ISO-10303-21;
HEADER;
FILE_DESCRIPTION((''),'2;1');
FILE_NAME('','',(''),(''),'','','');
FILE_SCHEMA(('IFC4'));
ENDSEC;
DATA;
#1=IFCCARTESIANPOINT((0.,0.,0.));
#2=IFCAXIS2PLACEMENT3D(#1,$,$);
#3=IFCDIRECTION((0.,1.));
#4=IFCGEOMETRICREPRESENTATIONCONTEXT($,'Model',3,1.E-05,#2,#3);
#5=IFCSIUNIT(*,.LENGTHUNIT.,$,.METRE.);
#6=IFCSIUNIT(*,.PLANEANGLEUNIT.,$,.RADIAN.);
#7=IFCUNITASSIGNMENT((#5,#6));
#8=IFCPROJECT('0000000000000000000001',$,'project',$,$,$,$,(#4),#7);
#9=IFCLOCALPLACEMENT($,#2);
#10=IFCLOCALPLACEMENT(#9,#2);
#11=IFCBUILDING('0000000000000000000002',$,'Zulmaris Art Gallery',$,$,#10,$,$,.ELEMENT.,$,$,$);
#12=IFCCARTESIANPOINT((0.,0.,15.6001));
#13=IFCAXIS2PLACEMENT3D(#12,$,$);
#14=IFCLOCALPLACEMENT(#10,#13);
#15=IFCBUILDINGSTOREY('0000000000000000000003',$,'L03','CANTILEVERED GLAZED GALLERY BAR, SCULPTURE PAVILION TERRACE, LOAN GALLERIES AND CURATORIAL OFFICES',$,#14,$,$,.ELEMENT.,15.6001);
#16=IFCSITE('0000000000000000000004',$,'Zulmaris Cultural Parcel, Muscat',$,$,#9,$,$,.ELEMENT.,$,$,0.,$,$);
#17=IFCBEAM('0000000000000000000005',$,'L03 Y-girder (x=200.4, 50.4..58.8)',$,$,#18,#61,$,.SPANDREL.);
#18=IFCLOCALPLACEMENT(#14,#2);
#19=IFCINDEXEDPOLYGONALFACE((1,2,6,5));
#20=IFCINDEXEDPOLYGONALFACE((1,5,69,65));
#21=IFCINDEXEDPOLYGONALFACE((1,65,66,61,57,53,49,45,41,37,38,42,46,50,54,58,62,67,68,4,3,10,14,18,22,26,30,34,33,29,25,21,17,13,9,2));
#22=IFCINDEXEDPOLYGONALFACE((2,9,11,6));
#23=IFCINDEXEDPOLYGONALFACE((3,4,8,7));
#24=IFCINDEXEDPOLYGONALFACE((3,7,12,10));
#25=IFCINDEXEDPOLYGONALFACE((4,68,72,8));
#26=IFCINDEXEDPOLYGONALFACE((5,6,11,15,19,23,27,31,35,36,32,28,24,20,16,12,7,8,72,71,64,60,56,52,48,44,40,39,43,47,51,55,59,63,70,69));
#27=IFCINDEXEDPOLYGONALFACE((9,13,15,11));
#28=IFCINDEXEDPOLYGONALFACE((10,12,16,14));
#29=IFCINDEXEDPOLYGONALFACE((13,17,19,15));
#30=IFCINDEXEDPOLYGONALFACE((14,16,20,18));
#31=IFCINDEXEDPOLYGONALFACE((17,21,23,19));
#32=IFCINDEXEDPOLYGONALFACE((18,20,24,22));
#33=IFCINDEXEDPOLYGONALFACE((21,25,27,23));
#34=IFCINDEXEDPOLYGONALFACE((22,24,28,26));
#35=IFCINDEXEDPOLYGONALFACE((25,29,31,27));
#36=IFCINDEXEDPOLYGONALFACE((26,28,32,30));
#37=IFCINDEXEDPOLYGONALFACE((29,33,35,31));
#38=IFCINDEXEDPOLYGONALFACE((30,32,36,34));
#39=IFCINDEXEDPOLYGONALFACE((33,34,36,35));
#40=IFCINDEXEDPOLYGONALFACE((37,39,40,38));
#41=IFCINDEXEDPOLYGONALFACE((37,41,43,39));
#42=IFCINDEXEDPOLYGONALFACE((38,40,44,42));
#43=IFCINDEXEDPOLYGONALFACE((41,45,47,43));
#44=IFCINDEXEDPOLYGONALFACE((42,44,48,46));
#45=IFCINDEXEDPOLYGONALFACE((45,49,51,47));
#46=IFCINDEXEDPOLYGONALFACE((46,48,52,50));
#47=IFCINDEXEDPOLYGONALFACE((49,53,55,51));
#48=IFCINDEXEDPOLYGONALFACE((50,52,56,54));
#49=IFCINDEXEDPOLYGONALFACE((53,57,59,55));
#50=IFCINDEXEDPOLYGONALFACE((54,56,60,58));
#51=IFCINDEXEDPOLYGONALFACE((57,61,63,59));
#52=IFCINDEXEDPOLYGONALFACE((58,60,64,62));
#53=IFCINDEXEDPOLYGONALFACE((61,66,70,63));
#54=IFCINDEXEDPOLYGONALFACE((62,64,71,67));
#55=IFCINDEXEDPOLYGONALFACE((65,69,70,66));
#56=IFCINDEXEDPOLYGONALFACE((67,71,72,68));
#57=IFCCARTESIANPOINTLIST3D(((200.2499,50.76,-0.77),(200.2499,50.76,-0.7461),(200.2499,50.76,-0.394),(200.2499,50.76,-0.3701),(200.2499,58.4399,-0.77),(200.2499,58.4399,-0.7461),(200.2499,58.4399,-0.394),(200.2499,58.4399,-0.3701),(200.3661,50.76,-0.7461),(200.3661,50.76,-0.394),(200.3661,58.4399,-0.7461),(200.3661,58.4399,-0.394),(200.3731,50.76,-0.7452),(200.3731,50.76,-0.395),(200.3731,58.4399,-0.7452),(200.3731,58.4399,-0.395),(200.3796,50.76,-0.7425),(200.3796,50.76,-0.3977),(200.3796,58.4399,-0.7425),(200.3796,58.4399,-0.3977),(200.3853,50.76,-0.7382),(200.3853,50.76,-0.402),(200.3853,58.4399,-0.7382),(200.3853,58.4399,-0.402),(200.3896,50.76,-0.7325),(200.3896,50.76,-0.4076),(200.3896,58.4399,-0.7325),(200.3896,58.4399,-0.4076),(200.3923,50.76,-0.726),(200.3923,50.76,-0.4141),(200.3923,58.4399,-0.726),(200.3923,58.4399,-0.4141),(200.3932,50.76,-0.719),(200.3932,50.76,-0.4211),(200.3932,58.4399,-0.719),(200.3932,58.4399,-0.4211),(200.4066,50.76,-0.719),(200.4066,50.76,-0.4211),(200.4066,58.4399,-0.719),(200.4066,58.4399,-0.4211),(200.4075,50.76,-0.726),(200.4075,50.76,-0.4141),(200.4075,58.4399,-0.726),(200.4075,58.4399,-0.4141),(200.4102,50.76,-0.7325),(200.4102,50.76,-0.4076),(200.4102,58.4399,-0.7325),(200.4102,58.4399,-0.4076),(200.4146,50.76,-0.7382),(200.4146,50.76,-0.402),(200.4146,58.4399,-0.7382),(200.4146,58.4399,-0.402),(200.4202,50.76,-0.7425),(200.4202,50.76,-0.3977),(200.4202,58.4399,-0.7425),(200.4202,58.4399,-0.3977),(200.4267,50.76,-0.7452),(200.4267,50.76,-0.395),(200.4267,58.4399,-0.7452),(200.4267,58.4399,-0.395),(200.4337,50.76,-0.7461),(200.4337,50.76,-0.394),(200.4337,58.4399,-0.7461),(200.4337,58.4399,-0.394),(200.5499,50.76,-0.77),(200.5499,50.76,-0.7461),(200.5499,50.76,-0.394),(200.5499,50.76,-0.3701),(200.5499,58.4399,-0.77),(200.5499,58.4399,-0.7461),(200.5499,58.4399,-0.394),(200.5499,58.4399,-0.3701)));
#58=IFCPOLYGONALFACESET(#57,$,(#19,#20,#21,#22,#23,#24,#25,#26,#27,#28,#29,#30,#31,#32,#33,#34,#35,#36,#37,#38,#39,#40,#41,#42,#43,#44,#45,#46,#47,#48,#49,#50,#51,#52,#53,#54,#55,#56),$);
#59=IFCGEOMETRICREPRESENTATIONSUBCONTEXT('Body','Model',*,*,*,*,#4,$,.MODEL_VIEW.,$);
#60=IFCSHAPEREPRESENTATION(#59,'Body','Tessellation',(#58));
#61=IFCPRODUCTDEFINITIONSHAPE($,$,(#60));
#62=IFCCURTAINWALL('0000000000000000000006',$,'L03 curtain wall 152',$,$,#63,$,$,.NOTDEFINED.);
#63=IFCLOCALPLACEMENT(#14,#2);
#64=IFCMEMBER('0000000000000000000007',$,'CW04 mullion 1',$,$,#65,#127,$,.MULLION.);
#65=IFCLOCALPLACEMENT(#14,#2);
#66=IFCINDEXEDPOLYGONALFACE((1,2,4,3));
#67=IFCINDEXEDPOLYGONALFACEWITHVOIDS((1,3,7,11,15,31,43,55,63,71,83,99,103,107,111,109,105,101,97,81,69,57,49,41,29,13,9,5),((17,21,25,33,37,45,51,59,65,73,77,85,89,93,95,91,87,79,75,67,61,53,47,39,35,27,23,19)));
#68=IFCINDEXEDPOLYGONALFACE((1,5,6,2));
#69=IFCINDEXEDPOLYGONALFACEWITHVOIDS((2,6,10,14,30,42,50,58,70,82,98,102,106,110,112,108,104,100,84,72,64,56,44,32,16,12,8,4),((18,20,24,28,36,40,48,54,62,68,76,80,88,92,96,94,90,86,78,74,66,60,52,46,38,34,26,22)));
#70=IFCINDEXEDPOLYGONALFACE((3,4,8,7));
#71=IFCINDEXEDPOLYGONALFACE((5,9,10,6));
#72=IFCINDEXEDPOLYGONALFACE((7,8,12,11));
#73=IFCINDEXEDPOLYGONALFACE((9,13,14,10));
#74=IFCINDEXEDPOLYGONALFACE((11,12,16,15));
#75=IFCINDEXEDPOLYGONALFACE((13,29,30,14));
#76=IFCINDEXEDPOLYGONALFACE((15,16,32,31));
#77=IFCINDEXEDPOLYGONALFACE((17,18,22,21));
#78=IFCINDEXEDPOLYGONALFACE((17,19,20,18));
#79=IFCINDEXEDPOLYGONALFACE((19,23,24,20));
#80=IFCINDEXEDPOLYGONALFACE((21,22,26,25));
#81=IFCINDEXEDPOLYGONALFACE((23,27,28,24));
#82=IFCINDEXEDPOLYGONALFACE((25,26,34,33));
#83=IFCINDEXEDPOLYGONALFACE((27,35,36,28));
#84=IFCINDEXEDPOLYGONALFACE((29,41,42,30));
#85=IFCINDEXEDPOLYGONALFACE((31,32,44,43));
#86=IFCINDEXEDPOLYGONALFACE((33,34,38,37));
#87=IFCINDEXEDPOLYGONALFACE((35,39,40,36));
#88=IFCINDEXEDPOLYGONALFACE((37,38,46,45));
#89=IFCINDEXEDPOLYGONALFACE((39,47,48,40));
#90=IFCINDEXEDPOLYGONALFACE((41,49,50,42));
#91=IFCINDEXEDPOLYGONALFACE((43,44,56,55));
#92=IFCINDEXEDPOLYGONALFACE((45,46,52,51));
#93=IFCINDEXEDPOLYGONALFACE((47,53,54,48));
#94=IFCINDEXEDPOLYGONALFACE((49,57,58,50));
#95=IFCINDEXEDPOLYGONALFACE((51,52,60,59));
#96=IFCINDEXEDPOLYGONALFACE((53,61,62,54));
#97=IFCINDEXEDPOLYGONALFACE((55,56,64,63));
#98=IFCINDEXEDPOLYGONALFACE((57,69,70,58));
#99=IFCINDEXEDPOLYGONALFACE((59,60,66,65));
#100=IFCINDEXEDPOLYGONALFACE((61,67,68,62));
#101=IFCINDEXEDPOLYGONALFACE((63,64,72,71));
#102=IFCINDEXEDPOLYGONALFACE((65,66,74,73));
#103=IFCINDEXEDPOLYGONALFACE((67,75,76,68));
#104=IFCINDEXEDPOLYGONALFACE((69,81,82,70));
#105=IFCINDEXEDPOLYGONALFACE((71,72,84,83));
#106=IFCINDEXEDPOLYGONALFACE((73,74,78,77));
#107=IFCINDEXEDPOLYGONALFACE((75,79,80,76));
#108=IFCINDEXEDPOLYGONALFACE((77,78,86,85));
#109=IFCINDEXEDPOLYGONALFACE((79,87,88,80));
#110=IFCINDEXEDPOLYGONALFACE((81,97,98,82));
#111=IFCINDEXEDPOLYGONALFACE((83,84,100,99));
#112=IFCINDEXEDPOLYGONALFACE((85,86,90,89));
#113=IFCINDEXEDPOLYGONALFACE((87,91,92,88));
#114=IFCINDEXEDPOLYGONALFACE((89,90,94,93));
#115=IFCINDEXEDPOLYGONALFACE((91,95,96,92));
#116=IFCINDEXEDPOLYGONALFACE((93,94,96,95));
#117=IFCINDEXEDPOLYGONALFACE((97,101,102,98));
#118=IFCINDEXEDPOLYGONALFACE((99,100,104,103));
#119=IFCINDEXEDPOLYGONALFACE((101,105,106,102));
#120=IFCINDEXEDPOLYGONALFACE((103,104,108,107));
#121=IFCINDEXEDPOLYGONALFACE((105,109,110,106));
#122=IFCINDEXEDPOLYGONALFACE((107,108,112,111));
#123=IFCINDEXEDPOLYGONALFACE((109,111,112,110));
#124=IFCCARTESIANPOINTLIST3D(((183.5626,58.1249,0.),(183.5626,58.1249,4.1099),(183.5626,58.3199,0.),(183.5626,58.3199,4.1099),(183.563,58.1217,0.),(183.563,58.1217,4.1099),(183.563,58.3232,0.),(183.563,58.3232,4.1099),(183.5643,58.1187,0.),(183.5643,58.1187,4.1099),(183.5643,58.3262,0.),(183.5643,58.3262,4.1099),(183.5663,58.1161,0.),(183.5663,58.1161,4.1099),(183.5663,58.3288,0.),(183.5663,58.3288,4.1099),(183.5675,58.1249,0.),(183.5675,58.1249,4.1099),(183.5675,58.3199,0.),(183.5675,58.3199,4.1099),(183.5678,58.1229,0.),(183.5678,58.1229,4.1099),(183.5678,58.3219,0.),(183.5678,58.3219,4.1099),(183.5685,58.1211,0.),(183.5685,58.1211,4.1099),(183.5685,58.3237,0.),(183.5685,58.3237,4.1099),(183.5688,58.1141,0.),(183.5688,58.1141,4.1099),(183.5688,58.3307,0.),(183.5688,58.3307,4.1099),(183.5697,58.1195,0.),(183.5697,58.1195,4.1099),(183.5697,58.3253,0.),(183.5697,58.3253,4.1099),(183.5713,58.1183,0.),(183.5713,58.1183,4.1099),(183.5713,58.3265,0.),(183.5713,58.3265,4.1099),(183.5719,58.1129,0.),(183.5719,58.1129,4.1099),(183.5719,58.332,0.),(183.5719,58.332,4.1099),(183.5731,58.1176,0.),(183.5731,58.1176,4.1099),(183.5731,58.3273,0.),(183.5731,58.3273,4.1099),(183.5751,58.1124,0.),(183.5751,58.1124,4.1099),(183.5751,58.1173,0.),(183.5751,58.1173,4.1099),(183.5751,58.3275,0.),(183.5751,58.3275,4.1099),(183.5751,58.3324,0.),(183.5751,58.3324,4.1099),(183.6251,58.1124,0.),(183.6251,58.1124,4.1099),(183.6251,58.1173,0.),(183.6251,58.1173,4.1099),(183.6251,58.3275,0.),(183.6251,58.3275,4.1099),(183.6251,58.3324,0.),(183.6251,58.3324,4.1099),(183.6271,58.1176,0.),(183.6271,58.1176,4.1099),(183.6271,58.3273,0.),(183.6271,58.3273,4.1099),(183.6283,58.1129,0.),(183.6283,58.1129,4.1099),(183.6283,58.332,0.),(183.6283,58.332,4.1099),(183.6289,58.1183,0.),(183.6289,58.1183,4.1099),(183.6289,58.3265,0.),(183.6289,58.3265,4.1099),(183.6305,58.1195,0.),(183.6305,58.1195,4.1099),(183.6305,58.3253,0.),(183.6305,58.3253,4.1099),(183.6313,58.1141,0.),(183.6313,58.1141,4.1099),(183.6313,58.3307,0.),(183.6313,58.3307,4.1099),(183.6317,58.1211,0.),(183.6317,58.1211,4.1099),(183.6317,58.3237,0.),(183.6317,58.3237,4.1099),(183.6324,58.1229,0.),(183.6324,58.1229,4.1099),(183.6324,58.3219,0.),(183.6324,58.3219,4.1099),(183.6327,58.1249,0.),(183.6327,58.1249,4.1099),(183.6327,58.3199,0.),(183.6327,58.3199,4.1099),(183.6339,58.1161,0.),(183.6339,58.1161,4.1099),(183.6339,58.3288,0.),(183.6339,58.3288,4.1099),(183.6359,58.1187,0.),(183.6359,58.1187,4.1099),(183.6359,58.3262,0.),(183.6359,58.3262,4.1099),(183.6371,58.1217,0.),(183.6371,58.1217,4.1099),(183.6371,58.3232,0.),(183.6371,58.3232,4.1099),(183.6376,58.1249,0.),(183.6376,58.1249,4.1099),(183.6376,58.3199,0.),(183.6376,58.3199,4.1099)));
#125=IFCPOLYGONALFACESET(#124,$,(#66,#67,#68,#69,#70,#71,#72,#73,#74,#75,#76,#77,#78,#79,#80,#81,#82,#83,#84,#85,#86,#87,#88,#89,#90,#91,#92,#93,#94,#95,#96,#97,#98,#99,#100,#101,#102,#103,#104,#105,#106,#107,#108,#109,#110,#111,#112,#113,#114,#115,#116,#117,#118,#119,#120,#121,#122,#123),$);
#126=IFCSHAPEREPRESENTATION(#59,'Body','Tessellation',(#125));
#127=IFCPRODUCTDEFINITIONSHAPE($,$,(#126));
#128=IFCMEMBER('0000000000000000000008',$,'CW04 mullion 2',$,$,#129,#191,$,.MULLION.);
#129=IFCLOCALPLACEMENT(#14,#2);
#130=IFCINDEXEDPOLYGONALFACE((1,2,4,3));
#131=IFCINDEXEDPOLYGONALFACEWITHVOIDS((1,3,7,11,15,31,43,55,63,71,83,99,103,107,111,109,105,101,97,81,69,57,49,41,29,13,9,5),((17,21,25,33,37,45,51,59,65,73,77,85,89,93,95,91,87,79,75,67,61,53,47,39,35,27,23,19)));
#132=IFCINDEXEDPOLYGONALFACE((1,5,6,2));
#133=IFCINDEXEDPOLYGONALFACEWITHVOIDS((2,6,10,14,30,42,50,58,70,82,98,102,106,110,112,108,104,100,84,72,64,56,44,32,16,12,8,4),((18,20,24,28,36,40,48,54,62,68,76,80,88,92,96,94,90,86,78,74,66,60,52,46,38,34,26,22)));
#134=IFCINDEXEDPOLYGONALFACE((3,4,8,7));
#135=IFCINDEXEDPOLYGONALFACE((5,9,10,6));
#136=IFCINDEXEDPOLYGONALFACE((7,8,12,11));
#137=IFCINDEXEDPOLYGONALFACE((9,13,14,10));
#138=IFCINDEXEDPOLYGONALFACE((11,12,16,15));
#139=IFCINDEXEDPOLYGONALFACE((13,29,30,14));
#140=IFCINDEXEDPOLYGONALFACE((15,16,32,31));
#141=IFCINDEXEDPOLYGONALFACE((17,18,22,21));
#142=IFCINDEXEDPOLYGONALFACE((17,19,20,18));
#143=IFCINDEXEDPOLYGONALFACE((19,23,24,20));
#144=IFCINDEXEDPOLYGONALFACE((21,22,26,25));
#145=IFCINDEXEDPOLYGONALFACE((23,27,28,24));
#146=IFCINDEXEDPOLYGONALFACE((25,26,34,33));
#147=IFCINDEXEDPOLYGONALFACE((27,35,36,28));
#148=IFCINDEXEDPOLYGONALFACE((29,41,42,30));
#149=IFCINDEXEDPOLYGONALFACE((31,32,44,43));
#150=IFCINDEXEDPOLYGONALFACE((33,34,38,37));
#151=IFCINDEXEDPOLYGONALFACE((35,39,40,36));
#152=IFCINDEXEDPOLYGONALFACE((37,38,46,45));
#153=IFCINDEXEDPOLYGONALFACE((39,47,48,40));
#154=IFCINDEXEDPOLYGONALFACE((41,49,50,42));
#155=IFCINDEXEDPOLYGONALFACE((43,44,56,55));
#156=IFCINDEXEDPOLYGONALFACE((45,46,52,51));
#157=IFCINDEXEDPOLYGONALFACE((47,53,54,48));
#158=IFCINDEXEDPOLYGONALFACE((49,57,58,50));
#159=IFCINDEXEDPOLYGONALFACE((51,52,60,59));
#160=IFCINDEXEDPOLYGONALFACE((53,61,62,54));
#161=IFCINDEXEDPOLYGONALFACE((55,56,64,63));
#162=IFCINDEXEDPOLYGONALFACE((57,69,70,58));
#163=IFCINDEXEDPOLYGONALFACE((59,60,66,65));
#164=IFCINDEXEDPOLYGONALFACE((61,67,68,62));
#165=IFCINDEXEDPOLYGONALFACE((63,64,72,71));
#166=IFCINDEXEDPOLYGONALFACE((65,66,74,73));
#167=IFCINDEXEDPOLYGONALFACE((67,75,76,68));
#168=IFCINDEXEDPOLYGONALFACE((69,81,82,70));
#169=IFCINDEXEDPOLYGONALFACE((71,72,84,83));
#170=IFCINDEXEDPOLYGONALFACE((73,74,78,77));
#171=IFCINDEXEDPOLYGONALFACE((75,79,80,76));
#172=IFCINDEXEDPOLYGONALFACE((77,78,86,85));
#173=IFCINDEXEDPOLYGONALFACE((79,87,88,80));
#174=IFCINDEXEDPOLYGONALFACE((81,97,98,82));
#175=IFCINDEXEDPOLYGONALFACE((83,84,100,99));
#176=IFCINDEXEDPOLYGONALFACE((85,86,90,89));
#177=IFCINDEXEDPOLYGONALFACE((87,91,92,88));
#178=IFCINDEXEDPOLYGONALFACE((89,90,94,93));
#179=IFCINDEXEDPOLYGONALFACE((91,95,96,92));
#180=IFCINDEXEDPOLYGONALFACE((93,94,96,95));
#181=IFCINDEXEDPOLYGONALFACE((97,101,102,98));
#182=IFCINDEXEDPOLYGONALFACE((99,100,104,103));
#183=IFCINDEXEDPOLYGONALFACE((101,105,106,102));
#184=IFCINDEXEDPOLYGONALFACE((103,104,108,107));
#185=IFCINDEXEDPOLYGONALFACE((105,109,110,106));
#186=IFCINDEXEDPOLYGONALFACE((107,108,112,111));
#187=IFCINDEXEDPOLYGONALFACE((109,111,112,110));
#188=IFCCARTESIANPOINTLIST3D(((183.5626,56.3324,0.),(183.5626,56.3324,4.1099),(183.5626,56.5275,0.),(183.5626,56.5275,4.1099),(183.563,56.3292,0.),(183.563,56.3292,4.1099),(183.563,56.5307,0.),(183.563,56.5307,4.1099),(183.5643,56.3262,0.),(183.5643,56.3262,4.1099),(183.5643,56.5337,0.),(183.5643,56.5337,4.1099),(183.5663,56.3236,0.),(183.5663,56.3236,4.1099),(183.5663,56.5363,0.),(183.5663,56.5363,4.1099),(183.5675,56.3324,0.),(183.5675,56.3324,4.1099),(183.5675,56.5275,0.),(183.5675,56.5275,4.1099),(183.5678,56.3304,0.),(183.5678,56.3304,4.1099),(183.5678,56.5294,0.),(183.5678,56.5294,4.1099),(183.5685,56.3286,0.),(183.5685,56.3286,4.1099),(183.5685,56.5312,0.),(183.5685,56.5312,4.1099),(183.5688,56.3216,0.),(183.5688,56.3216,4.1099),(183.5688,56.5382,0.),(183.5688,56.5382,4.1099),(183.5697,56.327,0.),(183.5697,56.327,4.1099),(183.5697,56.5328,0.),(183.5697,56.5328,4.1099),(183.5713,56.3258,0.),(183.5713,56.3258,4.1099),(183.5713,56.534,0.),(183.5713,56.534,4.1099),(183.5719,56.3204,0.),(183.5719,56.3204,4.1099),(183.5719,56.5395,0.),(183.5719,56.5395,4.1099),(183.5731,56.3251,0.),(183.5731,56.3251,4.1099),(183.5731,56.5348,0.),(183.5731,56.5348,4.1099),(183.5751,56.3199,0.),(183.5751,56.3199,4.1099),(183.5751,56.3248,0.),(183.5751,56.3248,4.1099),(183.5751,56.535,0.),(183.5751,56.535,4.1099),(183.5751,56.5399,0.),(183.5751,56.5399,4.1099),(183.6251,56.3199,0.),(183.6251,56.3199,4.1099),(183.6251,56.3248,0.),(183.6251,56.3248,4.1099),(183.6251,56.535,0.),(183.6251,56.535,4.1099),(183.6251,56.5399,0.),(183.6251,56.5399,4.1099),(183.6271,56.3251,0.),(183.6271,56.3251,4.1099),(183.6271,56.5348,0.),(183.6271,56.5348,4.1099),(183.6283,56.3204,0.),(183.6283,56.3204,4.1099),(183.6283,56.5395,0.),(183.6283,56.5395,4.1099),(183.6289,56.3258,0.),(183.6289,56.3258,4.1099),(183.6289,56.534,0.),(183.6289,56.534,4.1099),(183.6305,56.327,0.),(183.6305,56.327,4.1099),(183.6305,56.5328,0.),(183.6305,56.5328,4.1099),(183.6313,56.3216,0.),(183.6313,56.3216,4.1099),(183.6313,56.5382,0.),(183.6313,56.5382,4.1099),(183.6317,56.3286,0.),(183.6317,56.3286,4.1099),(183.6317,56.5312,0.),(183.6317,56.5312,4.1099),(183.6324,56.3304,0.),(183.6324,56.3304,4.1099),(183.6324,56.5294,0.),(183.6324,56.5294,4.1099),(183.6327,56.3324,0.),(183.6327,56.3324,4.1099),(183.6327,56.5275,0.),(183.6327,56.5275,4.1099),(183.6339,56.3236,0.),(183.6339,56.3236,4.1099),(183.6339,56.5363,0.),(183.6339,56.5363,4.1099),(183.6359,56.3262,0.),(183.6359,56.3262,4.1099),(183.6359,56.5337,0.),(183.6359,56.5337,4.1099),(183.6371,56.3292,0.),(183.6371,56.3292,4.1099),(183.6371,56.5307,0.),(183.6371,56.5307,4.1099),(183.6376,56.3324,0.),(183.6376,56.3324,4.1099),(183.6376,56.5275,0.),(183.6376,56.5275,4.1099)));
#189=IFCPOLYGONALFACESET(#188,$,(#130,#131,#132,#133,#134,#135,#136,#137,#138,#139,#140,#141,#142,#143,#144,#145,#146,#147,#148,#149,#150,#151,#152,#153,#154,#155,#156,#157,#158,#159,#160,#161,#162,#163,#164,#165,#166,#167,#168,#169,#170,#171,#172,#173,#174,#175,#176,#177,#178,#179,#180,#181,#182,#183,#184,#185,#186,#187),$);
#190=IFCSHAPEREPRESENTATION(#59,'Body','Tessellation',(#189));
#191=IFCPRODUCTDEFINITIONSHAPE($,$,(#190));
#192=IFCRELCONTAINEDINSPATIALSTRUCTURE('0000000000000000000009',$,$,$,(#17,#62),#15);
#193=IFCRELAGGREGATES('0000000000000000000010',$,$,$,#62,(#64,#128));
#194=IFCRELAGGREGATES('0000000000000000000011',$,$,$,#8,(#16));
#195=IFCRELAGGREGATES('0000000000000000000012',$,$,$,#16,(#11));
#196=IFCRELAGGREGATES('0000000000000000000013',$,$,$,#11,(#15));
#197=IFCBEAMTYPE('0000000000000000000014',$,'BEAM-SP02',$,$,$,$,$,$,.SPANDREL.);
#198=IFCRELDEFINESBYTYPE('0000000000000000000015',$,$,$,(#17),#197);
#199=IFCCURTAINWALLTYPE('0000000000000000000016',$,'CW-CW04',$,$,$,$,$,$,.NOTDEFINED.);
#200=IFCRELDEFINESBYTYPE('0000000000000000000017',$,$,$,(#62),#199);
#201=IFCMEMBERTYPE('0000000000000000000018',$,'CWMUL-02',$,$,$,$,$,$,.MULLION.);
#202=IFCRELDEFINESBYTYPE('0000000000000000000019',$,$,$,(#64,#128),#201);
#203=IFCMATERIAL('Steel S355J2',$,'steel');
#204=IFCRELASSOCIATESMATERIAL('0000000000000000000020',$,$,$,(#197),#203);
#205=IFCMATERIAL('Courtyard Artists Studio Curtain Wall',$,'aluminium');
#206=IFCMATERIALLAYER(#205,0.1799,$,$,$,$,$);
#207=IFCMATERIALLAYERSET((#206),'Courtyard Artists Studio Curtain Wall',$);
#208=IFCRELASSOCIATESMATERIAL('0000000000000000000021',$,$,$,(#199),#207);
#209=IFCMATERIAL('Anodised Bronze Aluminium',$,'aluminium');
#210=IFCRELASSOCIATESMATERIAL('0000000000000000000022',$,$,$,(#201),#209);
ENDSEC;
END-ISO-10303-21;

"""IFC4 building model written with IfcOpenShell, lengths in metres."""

from ifc_helpers import new_model, si_unit, direction, frame, origin, origin_2d, place, context, subcontext, project, spatial, hollow_rectangle, i_section, extrude, material, layer, layer_set, material_profile, profile_set, type_object, element, aggregate, save


model = new_model("IFC4")

# Units and contexts
model_context = context("Model", 3, precision=1e-05, world=origin(), true_north=direction((0.0, 1.0)))
body_context = subcontext(model_context, "Body", "Model", "MODEL_VIEW")
ifc_project = project(units=[si_unit("LENGTHUNIT", "METRE"), si_unit("PLANEANGLEUNIT", "RADIAN")], contexts=[model_context])

# Site, building, storey
site_placement = place(None, origin())
site = spatial("IfcSite", under=ifc_project, at=site_placement, Name="Zulmaris Cultural Parcel, Muscat", CompositionType="ELEMENT", RefElevation=0.0)
building_placement = place(site_placement, origin())
building = spatial("IfcBuilding", under=site, at=building_placement, Name="Zulmaris Art Gallery", CompositionType="ELEMENT")
storey_placement = place(building_placement, frame((0.0, 0.0, 15.6001)))
storey = spatial("IfcBuildingStorey", under=building, at=storey_placement, Name="L03", Description="CANTILEVERED GLAZED GALLERY BAR, SCULPTURE PAVILION TERRACE, LOAN GALLERIES AND CURATORIAL OFFICES", CompositionType="ELEMENT", Elevation=15.6001)

# Beam
ifc_material_1 = material(Name="Steel S355J2", Category="steel")
ifc_material_profile_1 = material_profile(ifc_material_1, i_section(OverallWidth=0.3, OverallDepth=0.3999, WebThickness=0.0134, FlangeThickness=0.0239, FilletRadius=0.0271, at=origin_2d()), Name="HEB 400")
ifc_profile_set_1 = profile_set([ifc_material_profile_1], Name="Steel S355J2")
beam_type_1 = type_object("IfcBeamType", Name="BEAM-SP02", PredefinedType="SPANDREL", material=ifc_profile_set_1)
beam_1_placement = place(storey_placement, frame((200.3999, 50.76, -0.5701), z_axis=(0.0, 1.0, 0.0), x_axis=(-1.0, 0.0, 0.0)))
element("IfcBeam", 1, at=beam_1_placement, inside=storey, type_object=beam_type_1, Name="L03 Y-girder (x=200.4, 50.4..58.8)", PredefinedType="SPANDREL", context=body_context, shape_type="SweptSolid", body=[
    extrude(i_section(OverallWidth=0.3, OverallDepth=0.3999, WebThickness=0.0134, FlangeThickness=0.0239, FilletRadius=0.0271, at=origin_2d()), origin(), (0.0, 0.0, 1.0), 7.6799),
])

# Curtain wall, members
ifc_material_2 = material(Name="Courtyard Artists Studio Curtain Wall", Category="aluminium")
ifc_layer_1 = layer(ifc_material_2, 0.1799)
ifc_layer_set_1 = layer_set([ifc_layer_1], Name="Courtyard Artists Studio Curtain Wall")
curtain_wall_type = type_object("IfcCurtainWallType", Name="CW-CW04", PredefinedType="NOTDEFINED", material=ifc_layer_set_1)
curtain_wall_placement = place(storey_placement, origin())
curtain_wall = element("IfcCurtainWall", 2, at=curtain_wall_placement, inside=storey, type_object=curtain_wall_type, Name="L03 curtain wall 152", PredefinedType="NOTDEFINED")
ifc_material_3 = material(Name="Anodised Bronze Aluminium", Category="aluminium")
ifc_material_profile_2 = material_profile(ifc_material_3, hollow_rectangle(XDim=0.075, YDim=0.22, WallThickness=0.0049, InnerFilletRadius=0.0076, OuterFilletRadius=0.0125, at=origin_2d()), Name="ALU 75x220x5")
ifc_profile_set_2 = profile_set([ifc_material_profile_2], Name="Anodised Bronze Aluminium")
member_type_1 = type_object("IfcMemberType", Name="CWMUL-02", PredefinedType="MULLION", material=ifc_profile_set_2)
member_1_placement = place(storey_placement, frame((183.6001, 58.2224, 0.0), z_axis=(0.0, 0.0, 1.0), x_axis=(1.0, 0.0, 0.0)))
member_1 = element("IfcMember", 3, at=member_1_placement, type_object=member_type_1, Name="CW04 mullion 1", PredefinedType="MULLION", context=body_context, shape_type="SweptSolid", body=[
    extrude(hollow_rectangle(XDim=0.075, YDim=0.22, WallThickness=0.0049, InnerFilletRadius=0.0076, OuterFilletRadius=0.0125, at=origin_2d()), origin(), (0.0, 0.0, 1.0), 4.1099),
])
member_2_placement = place(storey_placement, frame((183.6001, 56.4299, 0.0), z_axis=(0.0, 0.0, 1.0), x_axis=(1.0, 0.0, 0.0)))
member_2 = element("IfcMember", 4, at=member_2_placement, type_object=member_type_1, Name="CW04 mullion 2", PredefinedType="MULLION", context=body_context, shape_type="SweptSolid", body=[
    extrude(hollow_rectangle(XDim=0.075, YDim=0.22, WallThickness=0.0049, InnerFilletRadius=0.0076, OuterFilletRadius=0.0125, at=origin_2d()), origin(), (0.0, 0.0, 1.0), 4.1099),
])
aggregate(curtain_wall, [member_1, member_2])

save(model, "model.ifc")
